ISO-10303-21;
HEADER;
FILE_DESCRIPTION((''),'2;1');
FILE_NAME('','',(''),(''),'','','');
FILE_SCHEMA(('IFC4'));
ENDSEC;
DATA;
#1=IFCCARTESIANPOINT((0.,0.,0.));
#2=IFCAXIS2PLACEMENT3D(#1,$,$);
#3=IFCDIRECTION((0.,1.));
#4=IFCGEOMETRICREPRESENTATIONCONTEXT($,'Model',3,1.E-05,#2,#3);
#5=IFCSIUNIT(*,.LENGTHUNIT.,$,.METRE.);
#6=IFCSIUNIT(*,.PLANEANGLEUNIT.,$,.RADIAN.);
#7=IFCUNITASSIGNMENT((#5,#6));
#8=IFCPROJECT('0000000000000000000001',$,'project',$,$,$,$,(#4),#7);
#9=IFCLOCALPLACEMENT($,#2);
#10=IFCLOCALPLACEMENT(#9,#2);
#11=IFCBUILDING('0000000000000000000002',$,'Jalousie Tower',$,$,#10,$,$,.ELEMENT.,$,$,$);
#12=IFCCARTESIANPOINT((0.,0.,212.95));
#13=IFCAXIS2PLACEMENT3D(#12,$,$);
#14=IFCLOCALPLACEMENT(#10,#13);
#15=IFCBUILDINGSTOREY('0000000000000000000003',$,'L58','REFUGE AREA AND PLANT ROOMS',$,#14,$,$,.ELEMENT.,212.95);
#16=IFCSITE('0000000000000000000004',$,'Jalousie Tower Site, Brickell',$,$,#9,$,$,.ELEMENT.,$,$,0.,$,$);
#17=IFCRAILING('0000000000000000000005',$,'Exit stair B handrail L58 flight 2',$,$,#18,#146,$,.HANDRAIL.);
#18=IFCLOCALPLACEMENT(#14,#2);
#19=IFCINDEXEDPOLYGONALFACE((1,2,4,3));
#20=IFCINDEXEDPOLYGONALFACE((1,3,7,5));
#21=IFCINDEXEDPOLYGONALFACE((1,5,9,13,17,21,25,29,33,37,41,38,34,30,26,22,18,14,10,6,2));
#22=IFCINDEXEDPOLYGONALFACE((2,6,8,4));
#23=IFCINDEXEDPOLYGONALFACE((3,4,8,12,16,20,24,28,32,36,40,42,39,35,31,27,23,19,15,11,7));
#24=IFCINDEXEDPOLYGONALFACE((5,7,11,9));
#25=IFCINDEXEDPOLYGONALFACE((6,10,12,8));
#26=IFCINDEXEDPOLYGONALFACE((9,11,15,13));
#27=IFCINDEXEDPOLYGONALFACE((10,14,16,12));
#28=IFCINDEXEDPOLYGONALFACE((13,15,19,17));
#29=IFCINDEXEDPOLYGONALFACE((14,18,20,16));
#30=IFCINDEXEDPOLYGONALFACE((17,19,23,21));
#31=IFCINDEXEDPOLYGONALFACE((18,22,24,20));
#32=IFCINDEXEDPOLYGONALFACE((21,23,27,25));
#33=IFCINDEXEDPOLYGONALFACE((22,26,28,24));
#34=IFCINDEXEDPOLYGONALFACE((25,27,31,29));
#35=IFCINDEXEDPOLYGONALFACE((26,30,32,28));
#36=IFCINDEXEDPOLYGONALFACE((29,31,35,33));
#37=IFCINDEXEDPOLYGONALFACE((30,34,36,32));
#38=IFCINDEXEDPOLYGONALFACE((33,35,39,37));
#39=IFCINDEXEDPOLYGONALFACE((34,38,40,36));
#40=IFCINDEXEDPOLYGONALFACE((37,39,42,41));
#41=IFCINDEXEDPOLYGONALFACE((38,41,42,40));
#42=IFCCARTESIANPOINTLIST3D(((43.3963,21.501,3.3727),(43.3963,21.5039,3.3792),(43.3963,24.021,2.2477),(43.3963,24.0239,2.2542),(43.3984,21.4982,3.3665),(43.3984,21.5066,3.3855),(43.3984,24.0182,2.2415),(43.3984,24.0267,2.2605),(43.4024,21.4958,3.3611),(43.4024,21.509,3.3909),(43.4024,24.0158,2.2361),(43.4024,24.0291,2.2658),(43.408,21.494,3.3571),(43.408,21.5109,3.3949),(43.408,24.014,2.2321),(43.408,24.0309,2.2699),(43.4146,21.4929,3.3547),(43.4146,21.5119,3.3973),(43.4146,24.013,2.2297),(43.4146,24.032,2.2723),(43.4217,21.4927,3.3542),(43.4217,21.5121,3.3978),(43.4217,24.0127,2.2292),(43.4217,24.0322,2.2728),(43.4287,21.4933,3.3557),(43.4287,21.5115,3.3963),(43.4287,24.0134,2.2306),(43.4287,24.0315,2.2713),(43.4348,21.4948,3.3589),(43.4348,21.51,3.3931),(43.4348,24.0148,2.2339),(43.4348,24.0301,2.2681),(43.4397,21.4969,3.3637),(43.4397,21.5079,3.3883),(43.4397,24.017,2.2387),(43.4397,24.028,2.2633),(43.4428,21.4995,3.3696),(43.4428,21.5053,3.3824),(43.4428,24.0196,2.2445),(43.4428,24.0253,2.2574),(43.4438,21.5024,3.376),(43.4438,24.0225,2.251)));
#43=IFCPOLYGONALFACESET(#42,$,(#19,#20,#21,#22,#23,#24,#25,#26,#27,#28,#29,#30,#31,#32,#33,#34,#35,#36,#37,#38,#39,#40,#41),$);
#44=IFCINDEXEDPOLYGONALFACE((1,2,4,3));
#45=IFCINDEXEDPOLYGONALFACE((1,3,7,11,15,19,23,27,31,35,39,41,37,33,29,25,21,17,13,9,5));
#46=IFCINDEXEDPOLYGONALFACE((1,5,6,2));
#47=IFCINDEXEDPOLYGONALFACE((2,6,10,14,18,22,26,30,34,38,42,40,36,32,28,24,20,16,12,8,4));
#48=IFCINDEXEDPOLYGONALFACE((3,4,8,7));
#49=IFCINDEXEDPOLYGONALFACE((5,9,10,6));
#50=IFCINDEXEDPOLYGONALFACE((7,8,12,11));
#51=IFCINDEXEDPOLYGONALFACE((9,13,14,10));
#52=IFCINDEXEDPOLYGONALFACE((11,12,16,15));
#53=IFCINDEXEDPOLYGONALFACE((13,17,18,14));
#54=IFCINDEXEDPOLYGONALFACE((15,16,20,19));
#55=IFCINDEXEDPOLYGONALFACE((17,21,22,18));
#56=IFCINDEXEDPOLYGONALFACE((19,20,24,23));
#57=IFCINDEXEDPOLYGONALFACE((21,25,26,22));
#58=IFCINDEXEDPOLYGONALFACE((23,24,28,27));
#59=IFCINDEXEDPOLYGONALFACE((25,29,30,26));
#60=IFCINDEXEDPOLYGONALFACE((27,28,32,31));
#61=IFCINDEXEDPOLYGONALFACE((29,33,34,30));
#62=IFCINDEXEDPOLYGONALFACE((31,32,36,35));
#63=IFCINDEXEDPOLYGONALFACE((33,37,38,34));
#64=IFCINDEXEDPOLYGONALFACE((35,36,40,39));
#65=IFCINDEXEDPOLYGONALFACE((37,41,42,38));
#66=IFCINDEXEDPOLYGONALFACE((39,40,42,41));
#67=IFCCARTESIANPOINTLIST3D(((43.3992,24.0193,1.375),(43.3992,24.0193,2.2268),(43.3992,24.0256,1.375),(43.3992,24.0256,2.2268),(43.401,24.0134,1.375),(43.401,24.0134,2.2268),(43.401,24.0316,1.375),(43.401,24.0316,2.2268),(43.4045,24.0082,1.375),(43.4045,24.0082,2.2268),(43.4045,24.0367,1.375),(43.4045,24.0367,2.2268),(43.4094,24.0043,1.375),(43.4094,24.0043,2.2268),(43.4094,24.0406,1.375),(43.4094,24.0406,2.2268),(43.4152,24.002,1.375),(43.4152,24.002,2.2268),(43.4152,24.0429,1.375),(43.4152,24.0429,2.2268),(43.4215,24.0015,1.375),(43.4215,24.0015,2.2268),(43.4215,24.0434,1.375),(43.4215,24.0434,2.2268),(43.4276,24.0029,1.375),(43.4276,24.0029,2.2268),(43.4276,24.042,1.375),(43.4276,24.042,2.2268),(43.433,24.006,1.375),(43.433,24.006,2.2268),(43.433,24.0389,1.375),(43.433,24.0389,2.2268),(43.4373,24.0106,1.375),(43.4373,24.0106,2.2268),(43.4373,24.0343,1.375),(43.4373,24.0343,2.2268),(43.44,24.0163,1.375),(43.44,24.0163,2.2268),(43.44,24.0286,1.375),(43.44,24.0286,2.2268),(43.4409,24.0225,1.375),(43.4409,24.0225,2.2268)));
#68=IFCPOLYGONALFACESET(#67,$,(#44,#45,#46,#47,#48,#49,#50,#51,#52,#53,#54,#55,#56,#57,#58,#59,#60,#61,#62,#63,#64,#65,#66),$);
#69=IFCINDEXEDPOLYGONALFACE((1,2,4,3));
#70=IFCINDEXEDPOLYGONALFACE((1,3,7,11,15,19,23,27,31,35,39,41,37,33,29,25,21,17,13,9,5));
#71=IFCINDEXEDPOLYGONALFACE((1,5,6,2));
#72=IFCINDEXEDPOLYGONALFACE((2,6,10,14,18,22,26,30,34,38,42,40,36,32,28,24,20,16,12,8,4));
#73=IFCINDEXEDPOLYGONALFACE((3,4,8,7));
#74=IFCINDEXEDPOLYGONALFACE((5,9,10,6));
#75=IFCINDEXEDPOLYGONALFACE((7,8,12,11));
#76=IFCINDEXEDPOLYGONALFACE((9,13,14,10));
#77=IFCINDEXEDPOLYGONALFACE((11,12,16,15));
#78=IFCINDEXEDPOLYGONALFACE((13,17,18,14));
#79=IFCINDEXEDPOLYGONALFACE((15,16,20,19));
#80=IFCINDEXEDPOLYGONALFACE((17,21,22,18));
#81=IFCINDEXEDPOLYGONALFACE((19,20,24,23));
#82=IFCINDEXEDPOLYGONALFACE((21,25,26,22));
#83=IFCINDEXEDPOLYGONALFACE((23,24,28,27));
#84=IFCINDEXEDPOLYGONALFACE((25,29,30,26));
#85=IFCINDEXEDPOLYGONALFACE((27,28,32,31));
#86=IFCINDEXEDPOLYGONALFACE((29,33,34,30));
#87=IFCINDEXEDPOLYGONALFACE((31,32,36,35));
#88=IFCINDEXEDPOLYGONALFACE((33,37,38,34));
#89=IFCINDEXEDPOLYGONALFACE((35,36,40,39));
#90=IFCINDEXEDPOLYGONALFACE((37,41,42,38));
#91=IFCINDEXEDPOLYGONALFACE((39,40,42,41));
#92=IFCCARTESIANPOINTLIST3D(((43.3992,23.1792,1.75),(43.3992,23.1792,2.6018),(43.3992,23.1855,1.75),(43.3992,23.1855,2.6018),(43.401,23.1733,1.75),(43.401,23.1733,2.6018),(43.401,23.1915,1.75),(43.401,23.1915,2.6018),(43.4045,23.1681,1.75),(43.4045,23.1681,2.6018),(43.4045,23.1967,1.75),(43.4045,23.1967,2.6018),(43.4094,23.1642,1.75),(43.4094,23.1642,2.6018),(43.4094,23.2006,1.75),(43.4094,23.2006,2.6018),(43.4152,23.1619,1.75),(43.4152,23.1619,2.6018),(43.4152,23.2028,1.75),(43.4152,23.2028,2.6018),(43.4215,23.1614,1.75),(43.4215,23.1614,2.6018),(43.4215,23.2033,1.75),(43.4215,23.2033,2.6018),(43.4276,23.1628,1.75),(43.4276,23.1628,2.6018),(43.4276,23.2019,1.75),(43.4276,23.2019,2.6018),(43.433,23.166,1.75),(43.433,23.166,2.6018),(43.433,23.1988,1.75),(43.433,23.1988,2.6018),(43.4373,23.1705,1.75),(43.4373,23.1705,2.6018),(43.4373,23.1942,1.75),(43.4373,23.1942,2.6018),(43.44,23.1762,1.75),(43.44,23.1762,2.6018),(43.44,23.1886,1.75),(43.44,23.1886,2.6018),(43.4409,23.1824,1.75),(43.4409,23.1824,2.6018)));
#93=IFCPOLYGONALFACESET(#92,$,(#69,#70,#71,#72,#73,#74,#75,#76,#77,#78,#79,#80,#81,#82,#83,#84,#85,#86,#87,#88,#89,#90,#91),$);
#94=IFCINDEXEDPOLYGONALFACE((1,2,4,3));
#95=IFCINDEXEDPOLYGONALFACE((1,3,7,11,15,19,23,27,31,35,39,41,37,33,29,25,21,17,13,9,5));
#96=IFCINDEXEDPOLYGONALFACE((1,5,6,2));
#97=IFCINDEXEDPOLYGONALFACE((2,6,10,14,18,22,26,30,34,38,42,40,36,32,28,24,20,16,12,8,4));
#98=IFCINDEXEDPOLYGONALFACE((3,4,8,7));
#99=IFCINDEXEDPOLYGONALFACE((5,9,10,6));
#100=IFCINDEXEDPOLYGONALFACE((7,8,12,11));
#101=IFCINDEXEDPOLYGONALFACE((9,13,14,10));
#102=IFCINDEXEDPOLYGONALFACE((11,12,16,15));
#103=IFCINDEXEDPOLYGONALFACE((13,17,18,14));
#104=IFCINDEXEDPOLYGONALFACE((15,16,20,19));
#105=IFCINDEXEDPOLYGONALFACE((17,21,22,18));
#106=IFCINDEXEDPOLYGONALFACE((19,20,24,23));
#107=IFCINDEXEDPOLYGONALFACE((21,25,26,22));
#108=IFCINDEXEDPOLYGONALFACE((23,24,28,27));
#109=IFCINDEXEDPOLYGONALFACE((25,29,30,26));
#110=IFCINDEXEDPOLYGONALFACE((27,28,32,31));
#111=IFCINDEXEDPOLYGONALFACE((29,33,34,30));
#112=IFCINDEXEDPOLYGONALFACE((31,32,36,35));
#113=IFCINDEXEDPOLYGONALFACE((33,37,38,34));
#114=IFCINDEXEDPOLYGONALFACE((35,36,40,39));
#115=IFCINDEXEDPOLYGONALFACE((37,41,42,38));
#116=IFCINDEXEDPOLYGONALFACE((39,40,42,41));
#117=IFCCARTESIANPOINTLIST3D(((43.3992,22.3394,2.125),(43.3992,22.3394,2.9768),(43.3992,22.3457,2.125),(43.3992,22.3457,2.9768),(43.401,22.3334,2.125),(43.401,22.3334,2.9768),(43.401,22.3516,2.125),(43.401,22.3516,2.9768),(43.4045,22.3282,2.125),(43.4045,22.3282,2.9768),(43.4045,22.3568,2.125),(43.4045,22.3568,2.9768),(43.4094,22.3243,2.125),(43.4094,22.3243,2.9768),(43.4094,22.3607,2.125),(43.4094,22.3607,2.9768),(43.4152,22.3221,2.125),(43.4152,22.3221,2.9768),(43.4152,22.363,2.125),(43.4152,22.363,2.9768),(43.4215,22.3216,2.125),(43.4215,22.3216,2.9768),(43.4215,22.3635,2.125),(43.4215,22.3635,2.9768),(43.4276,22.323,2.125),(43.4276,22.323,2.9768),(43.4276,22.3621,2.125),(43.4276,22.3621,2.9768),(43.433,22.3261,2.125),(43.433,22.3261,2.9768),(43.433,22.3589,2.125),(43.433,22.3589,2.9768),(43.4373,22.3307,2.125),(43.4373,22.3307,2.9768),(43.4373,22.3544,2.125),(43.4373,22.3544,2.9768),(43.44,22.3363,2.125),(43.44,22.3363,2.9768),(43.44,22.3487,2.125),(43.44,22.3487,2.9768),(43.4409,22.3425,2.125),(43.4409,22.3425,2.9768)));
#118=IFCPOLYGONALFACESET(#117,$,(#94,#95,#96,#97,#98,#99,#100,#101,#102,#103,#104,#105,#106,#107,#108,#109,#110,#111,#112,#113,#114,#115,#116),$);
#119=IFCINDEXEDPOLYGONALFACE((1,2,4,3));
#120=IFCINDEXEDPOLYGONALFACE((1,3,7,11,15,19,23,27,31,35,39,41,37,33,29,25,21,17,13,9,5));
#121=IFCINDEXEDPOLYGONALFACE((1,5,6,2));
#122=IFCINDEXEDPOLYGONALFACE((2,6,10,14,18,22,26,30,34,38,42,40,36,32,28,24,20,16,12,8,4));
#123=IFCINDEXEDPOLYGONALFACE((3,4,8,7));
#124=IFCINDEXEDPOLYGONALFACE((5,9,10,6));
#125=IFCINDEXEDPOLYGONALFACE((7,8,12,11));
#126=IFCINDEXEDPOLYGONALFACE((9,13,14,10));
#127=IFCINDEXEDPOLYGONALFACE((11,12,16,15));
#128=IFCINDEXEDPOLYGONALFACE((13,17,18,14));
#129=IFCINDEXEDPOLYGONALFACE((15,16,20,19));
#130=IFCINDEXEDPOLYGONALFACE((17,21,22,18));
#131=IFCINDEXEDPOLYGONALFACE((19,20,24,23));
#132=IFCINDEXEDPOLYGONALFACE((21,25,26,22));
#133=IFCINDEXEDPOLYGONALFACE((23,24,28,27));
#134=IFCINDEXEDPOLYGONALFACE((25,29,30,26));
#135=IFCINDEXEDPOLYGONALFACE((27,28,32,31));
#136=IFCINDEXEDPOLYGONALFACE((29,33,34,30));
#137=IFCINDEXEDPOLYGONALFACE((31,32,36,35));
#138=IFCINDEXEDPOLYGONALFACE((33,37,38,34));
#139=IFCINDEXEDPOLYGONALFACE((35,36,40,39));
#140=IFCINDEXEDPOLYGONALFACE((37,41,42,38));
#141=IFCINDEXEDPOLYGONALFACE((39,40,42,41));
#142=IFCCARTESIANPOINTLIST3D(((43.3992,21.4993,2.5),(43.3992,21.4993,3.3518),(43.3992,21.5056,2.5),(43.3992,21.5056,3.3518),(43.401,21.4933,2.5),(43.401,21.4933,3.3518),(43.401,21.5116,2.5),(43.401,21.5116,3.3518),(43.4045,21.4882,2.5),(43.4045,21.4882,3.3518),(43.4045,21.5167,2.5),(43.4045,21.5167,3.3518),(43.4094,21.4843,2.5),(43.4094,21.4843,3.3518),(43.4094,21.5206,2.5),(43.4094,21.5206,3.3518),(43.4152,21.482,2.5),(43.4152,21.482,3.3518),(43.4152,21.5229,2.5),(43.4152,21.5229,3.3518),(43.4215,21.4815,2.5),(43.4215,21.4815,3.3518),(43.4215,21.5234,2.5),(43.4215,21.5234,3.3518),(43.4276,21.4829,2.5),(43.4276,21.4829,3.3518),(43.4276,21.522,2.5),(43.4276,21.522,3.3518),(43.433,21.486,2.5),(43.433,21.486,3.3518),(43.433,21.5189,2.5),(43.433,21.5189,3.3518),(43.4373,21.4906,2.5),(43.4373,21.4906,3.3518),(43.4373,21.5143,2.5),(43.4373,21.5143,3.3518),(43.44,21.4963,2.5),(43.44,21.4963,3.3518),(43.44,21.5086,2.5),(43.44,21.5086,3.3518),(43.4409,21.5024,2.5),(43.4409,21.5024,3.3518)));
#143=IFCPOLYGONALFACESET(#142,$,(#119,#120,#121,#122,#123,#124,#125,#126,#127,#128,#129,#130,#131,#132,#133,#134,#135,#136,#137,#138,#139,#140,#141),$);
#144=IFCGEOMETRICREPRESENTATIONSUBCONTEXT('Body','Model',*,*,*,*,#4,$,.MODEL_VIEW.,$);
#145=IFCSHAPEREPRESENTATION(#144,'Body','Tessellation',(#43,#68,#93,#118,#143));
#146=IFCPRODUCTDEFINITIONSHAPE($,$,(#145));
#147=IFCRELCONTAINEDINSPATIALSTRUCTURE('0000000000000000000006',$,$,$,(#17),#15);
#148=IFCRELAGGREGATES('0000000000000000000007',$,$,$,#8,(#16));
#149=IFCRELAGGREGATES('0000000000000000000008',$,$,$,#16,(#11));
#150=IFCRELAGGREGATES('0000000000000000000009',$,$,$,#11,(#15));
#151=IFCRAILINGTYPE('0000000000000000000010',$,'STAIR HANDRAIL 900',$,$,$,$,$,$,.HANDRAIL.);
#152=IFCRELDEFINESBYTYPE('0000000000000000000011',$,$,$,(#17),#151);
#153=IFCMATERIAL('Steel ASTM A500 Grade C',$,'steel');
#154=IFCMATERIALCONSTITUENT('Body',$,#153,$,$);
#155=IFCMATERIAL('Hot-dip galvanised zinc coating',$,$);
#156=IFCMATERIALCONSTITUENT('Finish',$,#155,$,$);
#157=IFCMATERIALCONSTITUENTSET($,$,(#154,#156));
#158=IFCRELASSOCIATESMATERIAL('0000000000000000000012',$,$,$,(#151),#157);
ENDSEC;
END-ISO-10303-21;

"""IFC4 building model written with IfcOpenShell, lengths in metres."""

from ifc_helpers import new_model, si_unit, direction, frame, origin, origin_2d, place, context, subcontext, project, spatial, circle, extrude, material, constituent, constituent_set, type_object, element, save


model = new_model("IFC4")

# Units and contexts
model_context = context("Model", 3, precision=1e-05, world=origin(), true_north=direction((0.0, 1.0)))
body_context = subcontext(model_context, "Body", "Model", "MODEL_VIEW")
ifc_project = project(units=[si_unit("LENGTHUNIT", "METRE"), si_unit("PLANEANGLEUNIT", "RADIAN")], contexts=[model_context])

# Site, building, storey
site_placement = place(None, origin())
site = spatial("IfcSite", under=ifc_project, at=site_placement, Name="Jalousie Tower Site, Brickell", CompositionType="ELEMENT", RefElevation=0.0)
building_placement = place(site_placement, origin())
building = spatial("IfcBuilding", under=site, at=building_placement, Name="Jalousie Tower", CompositionType="ELEMENT")
storey_placement = place(building_placement, frame((0.0, 0.0, 212.95)))
storey = spatial("IfcBuildingStorey", under=building, at=storey_placement, Name="L58", Description="REFUGE AREA AND PLANT ROOMS", CompositionType="ELEMENT", Elevation=212.95)

# Railing
ifc_material_1 = material(Name="Steel ASTM A500 Grade C", Category="steel")
ifc_constituent_1 = constituent(ifc_material_1, Name="Body")
ifc_material_2 = material(Name="Hot-dip galvanised zinc coating")
ifc_constituent_2 = constituent(ifc_material_2, Name="Finish")
ifc_constituent_set_1 = constituent_set(constituents=[ifc_constituent_1, ifc_constituent_2])
railing_type_1 = type_object("IfcRailingType", Name="STAIR HANDRAIL 900", PredefinedType="HANDRAIL", material=ifc_constituent_set_1)
railing_1_placement = place(storey_placement, frame((43.4199, 24.0225, 1.375)))
element("IfcRailing", 1, at=railing_1_placement, inside=storey, type_object=railing_type_1, Name="Exit stair B handrail L58 flight 2", PredefinedType="HANDRAIL", context=body_context, shape_type="SweptSolid", body=[
    extrude(circle(Radius=0.0239, at=origin_2d()), frame((0.0, 0.0, 0.876), z_axis=(0.0, -0.913139, 0.407648), x_axis=(1.0, 0.0, 0.0)), (0.0, 0.0, 1.0), 2.7598),
    extrude(circle(Radius=0.021, at=origin_2d()), origin(), (0.0, 0.0, 1.0), 0.8518),
    extrude(circle(Radius=0.021, at=origin_2d()), frame((0.0, -0.8401, 0.375)), (0.0, 0.0, 1.0), 0.8518),
    extrude(circle(Radius=0.021, at=origin_2d()), frame((0.0, -1.6799, 0.75)), (0.0, 0.0, 1.0), 0.8518),
    extrude(circle(Radius=0.021, at=origin_2d()), frame((0.0, -2.52, 1.125)), (0.0, 0.0, 1.0), 0.8518),
])

save(model, "model.ifc")
